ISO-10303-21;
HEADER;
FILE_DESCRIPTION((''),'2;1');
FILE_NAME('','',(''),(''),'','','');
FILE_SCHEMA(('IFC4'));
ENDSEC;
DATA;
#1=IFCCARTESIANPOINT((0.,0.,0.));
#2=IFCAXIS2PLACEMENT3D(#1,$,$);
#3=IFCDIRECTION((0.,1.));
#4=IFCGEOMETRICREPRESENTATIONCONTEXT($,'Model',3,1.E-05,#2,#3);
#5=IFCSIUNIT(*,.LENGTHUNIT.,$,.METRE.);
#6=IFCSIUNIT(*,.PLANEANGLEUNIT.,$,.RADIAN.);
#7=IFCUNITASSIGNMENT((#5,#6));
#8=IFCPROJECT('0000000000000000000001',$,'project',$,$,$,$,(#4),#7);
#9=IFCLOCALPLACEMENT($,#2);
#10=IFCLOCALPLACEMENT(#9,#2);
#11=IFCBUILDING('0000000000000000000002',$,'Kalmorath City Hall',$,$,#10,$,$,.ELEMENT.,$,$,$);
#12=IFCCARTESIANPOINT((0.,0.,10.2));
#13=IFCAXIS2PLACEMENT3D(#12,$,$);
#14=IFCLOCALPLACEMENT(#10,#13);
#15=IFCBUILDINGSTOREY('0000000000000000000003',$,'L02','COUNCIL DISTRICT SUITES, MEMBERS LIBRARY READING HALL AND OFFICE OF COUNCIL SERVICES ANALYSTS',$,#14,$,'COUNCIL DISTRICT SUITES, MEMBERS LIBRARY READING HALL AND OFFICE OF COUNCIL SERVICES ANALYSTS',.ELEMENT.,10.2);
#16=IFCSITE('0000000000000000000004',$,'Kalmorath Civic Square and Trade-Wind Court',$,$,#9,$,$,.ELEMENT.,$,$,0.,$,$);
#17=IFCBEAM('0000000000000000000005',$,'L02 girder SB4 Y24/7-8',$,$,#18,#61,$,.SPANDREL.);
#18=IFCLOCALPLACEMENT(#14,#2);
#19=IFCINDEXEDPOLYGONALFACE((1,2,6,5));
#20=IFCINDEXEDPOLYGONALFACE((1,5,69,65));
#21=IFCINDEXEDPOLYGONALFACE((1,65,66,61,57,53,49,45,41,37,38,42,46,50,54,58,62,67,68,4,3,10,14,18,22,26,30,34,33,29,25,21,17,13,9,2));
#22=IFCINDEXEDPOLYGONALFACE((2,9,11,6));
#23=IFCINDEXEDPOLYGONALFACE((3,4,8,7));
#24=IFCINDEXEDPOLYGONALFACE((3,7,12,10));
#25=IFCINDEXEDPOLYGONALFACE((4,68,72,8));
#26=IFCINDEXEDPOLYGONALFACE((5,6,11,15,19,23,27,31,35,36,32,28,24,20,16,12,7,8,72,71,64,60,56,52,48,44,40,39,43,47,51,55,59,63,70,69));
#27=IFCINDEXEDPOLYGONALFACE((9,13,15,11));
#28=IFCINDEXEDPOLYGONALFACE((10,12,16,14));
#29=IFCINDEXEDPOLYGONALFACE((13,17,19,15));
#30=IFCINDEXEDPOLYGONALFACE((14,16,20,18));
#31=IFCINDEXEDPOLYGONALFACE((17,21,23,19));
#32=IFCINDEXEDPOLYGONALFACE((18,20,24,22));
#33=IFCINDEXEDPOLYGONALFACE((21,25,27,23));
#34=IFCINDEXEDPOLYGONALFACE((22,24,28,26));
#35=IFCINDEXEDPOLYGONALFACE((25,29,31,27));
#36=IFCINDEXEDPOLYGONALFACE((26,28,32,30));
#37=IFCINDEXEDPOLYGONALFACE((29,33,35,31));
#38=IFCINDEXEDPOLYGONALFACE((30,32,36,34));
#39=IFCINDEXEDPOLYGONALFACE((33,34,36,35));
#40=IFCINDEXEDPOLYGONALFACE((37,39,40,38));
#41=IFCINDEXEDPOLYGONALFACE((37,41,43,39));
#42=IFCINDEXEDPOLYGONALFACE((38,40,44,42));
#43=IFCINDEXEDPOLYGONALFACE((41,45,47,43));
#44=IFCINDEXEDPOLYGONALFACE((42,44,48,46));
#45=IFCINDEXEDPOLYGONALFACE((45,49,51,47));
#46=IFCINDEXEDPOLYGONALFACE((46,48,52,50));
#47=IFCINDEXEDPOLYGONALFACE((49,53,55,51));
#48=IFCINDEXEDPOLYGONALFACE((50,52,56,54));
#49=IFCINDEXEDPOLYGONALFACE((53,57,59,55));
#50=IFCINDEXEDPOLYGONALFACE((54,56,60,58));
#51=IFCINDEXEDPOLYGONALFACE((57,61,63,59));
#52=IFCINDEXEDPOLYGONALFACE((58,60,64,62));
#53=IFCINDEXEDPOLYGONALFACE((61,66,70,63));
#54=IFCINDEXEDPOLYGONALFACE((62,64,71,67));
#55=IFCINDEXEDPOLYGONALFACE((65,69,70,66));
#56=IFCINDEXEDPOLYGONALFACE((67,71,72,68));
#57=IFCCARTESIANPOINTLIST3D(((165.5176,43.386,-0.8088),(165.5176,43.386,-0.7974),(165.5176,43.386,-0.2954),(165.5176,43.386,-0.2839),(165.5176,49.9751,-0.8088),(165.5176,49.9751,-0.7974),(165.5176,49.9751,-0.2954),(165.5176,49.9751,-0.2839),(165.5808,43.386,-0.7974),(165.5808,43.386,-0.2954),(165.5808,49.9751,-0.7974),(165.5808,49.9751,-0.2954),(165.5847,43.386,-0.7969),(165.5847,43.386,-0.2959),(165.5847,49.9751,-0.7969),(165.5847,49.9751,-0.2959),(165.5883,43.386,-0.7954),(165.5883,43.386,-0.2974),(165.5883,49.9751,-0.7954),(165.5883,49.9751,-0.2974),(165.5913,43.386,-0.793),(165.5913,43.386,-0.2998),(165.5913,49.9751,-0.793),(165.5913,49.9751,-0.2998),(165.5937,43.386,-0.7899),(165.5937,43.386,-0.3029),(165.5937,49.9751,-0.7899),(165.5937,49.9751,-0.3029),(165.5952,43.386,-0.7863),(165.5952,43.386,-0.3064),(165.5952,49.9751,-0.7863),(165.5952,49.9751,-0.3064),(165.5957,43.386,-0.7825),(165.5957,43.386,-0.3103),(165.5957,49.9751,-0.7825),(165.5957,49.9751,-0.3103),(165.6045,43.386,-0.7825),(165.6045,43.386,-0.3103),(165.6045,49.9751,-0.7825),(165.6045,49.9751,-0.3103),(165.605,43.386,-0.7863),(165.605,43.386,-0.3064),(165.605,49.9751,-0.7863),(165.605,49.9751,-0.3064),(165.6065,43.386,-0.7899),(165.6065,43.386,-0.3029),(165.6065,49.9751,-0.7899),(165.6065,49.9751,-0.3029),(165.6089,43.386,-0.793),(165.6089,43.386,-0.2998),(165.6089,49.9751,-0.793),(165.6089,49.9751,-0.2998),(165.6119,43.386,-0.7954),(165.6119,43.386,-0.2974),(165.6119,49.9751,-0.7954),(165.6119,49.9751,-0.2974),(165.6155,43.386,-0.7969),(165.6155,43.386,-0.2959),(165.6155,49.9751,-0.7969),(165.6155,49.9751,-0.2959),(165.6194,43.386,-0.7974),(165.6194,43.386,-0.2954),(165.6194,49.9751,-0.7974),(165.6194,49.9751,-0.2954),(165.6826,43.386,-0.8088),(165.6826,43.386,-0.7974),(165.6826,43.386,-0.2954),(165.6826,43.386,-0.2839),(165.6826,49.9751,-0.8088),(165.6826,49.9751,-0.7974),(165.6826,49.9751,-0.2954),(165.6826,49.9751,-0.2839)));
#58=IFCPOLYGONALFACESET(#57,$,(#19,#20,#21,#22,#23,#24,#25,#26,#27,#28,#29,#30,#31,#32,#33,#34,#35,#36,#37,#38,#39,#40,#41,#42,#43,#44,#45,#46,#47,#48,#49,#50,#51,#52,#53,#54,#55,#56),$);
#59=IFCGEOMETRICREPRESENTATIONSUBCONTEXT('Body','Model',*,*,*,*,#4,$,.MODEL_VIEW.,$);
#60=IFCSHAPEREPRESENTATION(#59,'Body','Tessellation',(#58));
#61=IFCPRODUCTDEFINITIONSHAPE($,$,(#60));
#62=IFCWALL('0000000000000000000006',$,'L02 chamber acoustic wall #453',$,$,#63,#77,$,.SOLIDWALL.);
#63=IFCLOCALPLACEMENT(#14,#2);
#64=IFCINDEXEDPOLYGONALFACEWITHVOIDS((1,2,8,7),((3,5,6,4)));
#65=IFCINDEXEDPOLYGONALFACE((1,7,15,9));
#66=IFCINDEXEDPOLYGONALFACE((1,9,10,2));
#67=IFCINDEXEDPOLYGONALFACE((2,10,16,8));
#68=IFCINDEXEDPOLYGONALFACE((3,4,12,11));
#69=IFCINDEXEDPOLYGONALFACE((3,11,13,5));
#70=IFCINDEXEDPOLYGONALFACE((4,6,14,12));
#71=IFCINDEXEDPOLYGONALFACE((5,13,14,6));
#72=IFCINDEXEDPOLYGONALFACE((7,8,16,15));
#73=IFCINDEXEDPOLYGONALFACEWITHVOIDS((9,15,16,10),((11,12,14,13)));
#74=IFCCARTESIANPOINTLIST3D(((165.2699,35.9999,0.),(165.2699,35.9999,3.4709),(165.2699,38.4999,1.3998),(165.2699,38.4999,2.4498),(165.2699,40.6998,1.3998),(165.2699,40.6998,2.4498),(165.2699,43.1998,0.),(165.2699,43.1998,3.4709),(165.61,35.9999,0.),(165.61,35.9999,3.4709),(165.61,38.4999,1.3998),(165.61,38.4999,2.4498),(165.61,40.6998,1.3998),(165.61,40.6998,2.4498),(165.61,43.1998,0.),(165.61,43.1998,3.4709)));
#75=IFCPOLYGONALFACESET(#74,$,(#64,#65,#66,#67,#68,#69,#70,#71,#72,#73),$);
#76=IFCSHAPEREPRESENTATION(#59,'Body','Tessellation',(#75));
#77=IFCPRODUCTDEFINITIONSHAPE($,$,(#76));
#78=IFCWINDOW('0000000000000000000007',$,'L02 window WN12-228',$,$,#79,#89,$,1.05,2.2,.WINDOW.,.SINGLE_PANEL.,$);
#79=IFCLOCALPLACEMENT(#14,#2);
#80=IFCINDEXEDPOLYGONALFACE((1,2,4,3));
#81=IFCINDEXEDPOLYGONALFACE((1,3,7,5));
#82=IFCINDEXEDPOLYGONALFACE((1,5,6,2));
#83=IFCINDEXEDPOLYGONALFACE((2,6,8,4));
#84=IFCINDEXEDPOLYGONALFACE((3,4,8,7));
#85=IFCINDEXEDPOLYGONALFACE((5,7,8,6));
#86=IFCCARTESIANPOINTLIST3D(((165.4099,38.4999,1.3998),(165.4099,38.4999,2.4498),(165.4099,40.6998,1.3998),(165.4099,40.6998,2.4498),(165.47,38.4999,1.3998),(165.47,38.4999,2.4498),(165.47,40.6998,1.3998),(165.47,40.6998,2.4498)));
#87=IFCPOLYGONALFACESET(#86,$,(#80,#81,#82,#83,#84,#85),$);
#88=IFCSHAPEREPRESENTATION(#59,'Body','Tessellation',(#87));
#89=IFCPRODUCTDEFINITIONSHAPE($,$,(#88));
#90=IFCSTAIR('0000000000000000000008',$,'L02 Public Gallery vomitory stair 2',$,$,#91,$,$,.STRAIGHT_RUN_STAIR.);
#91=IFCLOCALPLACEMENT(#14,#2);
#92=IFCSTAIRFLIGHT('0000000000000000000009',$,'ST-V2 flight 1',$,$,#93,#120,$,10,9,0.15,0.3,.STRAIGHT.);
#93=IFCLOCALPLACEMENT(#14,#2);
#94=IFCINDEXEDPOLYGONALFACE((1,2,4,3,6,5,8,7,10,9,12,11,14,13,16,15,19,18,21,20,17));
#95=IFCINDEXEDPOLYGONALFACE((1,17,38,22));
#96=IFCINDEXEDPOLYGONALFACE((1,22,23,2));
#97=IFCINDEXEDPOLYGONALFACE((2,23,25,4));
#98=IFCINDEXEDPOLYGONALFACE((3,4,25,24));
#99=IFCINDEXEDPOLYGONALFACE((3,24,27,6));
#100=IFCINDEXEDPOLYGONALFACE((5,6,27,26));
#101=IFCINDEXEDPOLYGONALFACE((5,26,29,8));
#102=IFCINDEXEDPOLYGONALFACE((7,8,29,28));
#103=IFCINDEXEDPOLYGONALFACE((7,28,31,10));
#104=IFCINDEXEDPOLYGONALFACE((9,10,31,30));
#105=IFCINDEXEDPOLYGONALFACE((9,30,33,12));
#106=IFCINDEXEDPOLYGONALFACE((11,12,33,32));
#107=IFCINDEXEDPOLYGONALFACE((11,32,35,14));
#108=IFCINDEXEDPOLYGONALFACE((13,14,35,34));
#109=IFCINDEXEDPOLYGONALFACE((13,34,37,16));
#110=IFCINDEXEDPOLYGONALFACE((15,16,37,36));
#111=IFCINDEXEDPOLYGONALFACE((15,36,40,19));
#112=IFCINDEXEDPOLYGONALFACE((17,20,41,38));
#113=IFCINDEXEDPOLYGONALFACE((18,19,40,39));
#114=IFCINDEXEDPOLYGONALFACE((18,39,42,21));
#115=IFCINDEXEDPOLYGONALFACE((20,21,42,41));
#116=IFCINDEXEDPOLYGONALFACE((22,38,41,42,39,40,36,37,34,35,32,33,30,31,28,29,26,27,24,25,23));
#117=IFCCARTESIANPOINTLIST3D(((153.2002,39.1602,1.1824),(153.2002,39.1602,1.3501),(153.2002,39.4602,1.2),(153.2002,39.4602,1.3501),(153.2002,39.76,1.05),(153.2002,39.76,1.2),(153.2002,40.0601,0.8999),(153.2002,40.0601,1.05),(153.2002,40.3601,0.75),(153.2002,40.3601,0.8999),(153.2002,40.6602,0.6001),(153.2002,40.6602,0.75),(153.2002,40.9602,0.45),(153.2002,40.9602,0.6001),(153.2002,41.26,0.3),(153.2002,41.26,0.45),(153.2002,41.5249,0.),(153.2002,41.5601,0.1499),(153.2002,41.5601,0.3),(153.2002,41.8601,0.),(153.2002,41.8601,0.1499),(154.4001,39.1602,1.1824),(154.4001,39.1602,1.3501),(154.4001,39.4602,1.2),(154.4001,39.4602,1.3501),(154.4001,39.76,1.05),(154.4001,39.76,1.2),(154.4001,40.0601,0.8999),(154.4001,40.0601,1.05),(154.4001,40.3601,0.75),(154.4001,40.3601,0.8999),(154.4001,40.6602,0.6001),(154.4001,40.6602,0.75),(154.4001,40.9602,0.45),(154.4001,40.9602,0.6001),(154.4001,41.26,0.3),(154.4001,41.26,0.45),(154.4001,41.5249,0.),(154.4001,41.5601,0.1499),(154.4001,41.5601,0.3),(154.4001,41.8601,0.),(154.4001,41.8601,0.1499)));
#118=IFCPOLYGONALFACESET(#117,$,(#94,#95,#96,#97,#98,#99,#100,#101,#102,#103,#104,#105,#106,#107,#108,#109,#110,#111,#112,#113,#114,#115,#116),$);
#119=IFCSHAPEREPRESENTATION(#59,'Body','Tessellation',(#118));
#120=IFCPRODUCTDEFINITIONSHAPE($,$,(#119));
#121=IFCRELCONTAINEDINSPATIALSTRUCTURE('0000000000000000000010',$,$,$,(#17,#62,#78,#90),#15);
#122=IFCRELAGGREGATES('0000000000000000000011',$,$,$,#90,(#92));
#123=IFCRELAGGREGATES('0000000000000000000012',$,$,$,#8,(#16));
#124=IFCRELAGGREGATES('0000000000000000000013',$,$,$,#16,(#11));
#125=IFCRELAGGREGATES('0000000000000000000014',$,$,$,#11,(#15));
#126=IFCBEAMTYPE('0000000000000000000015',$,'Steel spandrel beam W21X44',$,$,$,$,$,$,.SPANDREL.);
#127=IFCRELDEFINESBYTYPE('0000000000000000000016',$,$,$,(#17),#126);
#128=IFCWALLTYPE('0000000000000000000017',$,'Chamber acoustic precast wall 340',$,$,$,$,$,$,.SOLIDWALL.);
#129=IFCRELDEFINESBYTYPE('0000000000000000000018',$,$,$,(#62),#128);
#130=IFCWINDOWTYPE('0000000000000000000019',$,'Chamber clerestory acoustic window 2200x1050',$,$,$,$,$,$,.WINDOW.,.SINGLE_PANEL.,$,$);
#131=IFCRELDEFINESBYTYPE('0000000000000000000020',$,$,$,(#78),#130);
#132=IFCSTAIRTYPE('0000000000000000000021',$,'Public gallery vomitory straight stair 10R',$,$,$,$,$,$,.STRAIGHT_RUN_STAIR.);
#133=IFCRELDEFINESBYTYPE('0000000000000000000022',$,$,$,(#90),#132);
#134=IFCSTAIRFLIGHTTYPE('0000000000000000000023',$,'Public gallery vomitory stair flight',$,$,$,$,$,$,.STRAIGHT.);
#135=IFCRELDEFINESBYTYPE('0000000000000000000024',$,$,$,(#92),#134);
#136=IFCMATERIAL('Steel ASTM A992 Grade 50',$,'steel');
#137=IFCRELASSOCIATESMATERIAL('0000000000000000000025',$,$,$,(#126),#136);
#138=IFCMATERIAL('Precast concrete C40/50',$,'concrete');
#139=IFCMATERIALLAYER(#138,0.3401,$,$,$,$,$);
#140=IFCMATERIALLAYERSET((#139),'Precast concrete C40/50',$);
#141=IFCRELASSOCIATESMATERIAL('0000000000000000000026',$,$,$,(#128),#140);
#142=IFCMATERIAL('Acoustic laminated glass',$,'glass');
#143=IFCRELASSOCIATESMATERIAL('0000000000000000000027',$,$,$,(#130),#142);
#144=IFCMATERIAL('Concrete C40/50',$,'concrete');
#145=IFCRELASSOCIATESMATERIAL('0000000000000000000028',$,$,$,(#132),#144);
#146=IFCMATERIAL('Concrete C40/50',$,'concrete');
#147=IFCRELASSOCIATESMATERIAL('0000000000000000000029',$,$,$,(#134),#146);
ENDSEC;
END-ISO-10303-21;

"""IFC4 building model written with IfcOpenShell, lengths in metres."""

from ifc_helpers import new_model, si_unit, direction, frame, frame_2d, origin, origin_2d, place, context, subcontext, project, spatial, polyline, rectangle, i_section, outline, extrude, material, layer, layer_set, material_profile, profile_set, type_object, element, fill, aggregate, save


model = new_model("IFC4")

# Units and contexts
model_context = context("Model", 3, precision=1e-05, world=origin(), true_north=direction((0.0, 1.0)))
body_context = subcontext(model_context, "Body", "Model", "MODEL_VIEW")
ifc_project = project(units=[si_unit("LENGTHUNIT", "METRE"), si_unit("PLANEANGLEUNIT", "RADIAN")], contexts=[model_context])

# Site, building, storey
site_placement = place(None, origin())
site = spatial("IfcSite", under=ifc_project, at=site_placement, Name="Kalmorath Civic Square and Trade-Wind Court", CompositionType="ELEMENT", RefElevation=0.0)
building_placement = place(site_placement, origin())
building = spatial("IfcBuilding", under=site, at=building_placement, Name="Kalmorath City Hall", CompositionType="ELEMENT")
storey_placement = place(building_placement, frame((0.0, 0.0, 10.2)))
storey = spatial("IfcBuildingStorey", under=building, at=storey_placement, Name="L02", Description="COUNCIL DISTRICT SUITES, MEMBERS LIBRARY READING HALL AND OFFICE OF COUNCIL SERVICES ANALYSTS", LongName="COUNCIL DISTRICT SUITES, MEMBERS LIBRARY READING HALL AND OFFICE OF COUNCIL SERVICES ANALYSTS", CompositionType="ELEMENT", Elevation=10.2)

# Beam
ifc_material_1 = material(Name="Steel ASTM A992 Grade 50", Category="steel")
ifc_material_profile_1 = material_profile(ifc_material_1, i_section(OverallWidth=0.165, OverallDepth=0.5249, WebThickness=0.0088, FlangeThickness=0.0115, FilletRadius=0.0149, at=origin_2d()), Name="W21X44")
ifc_profile_set_1 = profile_set([ifc_material_profile_1], Name="Steel ASTM A992 Grade 50")
beam_type_1 = type_object("IfcBeamType", Name="Steel spandrel beam W21X44", PredefinedType="SPANDREL", material=ifc_profile_set_1)
beam_1_placement = place(storey_placement, frame((165.6001, 43.386, -0.5464), z_axis=(0.0, 1.0, 0.0), x_axis=(-1.0, 0.0, 0.0)))
element("IfcBeam", 1, at=beam_1_placement, inside=storey, type_object=beam_type_1, Name="L02 girder SB4 Y24/7-8", PredefinedType="SPANDREL", context=body_context, shape_type="SweptSolid", body=[
    extrude(i_section(OverallWidth=0.165, OverallDepth=0.5249, WebThickness=0.0088, FlangeThickness=0.0115, FilletRadius=0.0149, at=origin_2d()), origin(), (0.0, 0.0, 1.0), 6.5891),
])

# Wall, opening, window
ifc_material_2 = material(Name="Precast concrete C40/50", Category="concrete")
ifc_layer = layer(ifc_material_2, 0.3401)
ifc_layer_set = layer_set([ifc_layer], Name="Precast concrete C40/50")
wall_type = type_object("IfcWallType", Name="Chamber acoustic precast wall 340", PredefinedType="SOLIDWALL", material=ifc_layer_set)
wall_placement = place(storey_placement, frame((165.4399, 43.2, 0.0), z_axis=(0.0, 0.0, 1.0), x_axis=(0.0, -1.0, 0.0)))
wall = element("IfcWall", 2, at=wall_placement, inside=storey, type_object=wall_type, Name="L02 chamber acoustic wall #453", PredefinedType="SOLIDWALL", context=body_context, shape_type="SweptSolid", body=[
    extrude(rectangle(XDim=7.2, YDim=0.3401, at=frame_2d((3.6001, 0.0))), origin(), (0.0, 0.0, 1.0), 3.4709),
])
opening_placement = place(wall_placement, frame((2.5, 0.0, 1.3999)))
opening = element("IfcOpeningElement", 3, at=opening_placement, cuts=wall, PredefinedType="OPENING", context=body_context, shape_type="SweptSolid", body=[
    extrude(rectangle(XDim=2.2, YDim=1.05, at=frame_2d((1.1001, 0.5249))), frame((0.0, 0.1799, 0.0), z_axis=(0.0, -1.0, 0.0), x_axis=(1.0, 0.0, 0.0)), (0.0, 0.0, 1.0), 0.3601),
])
ifc_material_3 = material(Name="Acoustic laminated glass", Category="glass")
window_type = type_object("IfcWindowType", Name="Chamber clerestory acoustic window 2200x1050", PartitioningType="SINGLE_PANEL", PredefinedType="WINDOW", material=ifc_material_3)
window_placement = place(opening_placement, origin())
window = element("IfcWindow", 4, at=window_placement, inside=storey, type_object=window_type, Name="L02 window WN12-228", OverallHeight=1.05, OverallWidth=2.2, PartitioningType="SINGLE_PANEL", PredefinedType="WINDOW", context=body_context, shape_type="SweptSolid", body=[
    extrude(rectangle(XDim=2.2, YDim=1.05, at=frame_2d((1.1001, 0.5249))), frame((0.0, 0.03, 0.0), z_axis=(0.0, -1.0, 0.0), x_axis=(1.0, 0.0, 0.0)), (0.0, 0.0, 1.0), 0.0601),
])
fill(opening, window)

# Stair, stair flight
ifc_material_4 = material(Name="Concrete C40/50", Category="concrete")
stair_type = type_object("IfcStairType", Name="Public gallery vomitory straight stair 10R", PredefinedType="STRAIGHT_RUN_STAIR", material=ifc_material_4)
stair_placement = place(storey_placement, origin())
stair = element("IfcStair", 5, at=stair_placement, inside=storey, type_object=stair_type, Name="L02 Public Gallery vomitory stair 2", PredefinedType="STRAIGHT_RUN_STAIR")
ifc_material_5 = material(Name="Concrete C40/50", Category="concrete")
stair_flight_type = type_object("IfcStairFlightType", Name="Public gallery vomitory stair flight", PredefinedType="STRAIGHT", material=ifc_material_5)
stair_flight_placement = place(storey_placement, frame((153.8, 41.8601, 0.0), z_axis=(0.0, 0.0, 1.0), x_axis=(0.0, -1.0, 0.0)))
stair_flight = element("IfcStairFlight", 6, at=stair_flight_placement, type_object=stair_flight_type, Name="ST-V2 flight 1", NumberOfRisers=10, NumberOfTreads=9, PredefinedType="STRAIGHT", RiserHeight=0.15, TreadLength=0.3, context=body_context, shape_type="SweptSolid", body=[
    extrude(outline(polyline([(0.0, 0.0), (0.0, 0.1499), (0.3, 0.1499), (0.3, 0.3), (0.6001, 0.3), (0.6001, 0.45), (0.8999, 0.45), (0.8999, 0.6001), (1.2, 0.6001), (1.2, 0.75), (1.5, 0.75), (1.5, 0.8999), (1.8, 0.8999), (1.8, 1.05), (2.1001, 1.05), (2.1001, 1.2), (2.3999, 1.2), (2.3999, 1.3501), (2.7, 1.3501), (2.7, 1.5), (2.7, 1.1824), (0.3352, 0.0), (0.0, 0.0)])), frame((0.0, 0.6001, 0.0), z_axis=(0.0, -1.0, 0.0), x_axis=(1.0, 0.0, 0.0)), (0.0, 0.0, 1.0), 1.2),
])
aggregate(stair, [stair_flight])

save(model, "model.ifc")
